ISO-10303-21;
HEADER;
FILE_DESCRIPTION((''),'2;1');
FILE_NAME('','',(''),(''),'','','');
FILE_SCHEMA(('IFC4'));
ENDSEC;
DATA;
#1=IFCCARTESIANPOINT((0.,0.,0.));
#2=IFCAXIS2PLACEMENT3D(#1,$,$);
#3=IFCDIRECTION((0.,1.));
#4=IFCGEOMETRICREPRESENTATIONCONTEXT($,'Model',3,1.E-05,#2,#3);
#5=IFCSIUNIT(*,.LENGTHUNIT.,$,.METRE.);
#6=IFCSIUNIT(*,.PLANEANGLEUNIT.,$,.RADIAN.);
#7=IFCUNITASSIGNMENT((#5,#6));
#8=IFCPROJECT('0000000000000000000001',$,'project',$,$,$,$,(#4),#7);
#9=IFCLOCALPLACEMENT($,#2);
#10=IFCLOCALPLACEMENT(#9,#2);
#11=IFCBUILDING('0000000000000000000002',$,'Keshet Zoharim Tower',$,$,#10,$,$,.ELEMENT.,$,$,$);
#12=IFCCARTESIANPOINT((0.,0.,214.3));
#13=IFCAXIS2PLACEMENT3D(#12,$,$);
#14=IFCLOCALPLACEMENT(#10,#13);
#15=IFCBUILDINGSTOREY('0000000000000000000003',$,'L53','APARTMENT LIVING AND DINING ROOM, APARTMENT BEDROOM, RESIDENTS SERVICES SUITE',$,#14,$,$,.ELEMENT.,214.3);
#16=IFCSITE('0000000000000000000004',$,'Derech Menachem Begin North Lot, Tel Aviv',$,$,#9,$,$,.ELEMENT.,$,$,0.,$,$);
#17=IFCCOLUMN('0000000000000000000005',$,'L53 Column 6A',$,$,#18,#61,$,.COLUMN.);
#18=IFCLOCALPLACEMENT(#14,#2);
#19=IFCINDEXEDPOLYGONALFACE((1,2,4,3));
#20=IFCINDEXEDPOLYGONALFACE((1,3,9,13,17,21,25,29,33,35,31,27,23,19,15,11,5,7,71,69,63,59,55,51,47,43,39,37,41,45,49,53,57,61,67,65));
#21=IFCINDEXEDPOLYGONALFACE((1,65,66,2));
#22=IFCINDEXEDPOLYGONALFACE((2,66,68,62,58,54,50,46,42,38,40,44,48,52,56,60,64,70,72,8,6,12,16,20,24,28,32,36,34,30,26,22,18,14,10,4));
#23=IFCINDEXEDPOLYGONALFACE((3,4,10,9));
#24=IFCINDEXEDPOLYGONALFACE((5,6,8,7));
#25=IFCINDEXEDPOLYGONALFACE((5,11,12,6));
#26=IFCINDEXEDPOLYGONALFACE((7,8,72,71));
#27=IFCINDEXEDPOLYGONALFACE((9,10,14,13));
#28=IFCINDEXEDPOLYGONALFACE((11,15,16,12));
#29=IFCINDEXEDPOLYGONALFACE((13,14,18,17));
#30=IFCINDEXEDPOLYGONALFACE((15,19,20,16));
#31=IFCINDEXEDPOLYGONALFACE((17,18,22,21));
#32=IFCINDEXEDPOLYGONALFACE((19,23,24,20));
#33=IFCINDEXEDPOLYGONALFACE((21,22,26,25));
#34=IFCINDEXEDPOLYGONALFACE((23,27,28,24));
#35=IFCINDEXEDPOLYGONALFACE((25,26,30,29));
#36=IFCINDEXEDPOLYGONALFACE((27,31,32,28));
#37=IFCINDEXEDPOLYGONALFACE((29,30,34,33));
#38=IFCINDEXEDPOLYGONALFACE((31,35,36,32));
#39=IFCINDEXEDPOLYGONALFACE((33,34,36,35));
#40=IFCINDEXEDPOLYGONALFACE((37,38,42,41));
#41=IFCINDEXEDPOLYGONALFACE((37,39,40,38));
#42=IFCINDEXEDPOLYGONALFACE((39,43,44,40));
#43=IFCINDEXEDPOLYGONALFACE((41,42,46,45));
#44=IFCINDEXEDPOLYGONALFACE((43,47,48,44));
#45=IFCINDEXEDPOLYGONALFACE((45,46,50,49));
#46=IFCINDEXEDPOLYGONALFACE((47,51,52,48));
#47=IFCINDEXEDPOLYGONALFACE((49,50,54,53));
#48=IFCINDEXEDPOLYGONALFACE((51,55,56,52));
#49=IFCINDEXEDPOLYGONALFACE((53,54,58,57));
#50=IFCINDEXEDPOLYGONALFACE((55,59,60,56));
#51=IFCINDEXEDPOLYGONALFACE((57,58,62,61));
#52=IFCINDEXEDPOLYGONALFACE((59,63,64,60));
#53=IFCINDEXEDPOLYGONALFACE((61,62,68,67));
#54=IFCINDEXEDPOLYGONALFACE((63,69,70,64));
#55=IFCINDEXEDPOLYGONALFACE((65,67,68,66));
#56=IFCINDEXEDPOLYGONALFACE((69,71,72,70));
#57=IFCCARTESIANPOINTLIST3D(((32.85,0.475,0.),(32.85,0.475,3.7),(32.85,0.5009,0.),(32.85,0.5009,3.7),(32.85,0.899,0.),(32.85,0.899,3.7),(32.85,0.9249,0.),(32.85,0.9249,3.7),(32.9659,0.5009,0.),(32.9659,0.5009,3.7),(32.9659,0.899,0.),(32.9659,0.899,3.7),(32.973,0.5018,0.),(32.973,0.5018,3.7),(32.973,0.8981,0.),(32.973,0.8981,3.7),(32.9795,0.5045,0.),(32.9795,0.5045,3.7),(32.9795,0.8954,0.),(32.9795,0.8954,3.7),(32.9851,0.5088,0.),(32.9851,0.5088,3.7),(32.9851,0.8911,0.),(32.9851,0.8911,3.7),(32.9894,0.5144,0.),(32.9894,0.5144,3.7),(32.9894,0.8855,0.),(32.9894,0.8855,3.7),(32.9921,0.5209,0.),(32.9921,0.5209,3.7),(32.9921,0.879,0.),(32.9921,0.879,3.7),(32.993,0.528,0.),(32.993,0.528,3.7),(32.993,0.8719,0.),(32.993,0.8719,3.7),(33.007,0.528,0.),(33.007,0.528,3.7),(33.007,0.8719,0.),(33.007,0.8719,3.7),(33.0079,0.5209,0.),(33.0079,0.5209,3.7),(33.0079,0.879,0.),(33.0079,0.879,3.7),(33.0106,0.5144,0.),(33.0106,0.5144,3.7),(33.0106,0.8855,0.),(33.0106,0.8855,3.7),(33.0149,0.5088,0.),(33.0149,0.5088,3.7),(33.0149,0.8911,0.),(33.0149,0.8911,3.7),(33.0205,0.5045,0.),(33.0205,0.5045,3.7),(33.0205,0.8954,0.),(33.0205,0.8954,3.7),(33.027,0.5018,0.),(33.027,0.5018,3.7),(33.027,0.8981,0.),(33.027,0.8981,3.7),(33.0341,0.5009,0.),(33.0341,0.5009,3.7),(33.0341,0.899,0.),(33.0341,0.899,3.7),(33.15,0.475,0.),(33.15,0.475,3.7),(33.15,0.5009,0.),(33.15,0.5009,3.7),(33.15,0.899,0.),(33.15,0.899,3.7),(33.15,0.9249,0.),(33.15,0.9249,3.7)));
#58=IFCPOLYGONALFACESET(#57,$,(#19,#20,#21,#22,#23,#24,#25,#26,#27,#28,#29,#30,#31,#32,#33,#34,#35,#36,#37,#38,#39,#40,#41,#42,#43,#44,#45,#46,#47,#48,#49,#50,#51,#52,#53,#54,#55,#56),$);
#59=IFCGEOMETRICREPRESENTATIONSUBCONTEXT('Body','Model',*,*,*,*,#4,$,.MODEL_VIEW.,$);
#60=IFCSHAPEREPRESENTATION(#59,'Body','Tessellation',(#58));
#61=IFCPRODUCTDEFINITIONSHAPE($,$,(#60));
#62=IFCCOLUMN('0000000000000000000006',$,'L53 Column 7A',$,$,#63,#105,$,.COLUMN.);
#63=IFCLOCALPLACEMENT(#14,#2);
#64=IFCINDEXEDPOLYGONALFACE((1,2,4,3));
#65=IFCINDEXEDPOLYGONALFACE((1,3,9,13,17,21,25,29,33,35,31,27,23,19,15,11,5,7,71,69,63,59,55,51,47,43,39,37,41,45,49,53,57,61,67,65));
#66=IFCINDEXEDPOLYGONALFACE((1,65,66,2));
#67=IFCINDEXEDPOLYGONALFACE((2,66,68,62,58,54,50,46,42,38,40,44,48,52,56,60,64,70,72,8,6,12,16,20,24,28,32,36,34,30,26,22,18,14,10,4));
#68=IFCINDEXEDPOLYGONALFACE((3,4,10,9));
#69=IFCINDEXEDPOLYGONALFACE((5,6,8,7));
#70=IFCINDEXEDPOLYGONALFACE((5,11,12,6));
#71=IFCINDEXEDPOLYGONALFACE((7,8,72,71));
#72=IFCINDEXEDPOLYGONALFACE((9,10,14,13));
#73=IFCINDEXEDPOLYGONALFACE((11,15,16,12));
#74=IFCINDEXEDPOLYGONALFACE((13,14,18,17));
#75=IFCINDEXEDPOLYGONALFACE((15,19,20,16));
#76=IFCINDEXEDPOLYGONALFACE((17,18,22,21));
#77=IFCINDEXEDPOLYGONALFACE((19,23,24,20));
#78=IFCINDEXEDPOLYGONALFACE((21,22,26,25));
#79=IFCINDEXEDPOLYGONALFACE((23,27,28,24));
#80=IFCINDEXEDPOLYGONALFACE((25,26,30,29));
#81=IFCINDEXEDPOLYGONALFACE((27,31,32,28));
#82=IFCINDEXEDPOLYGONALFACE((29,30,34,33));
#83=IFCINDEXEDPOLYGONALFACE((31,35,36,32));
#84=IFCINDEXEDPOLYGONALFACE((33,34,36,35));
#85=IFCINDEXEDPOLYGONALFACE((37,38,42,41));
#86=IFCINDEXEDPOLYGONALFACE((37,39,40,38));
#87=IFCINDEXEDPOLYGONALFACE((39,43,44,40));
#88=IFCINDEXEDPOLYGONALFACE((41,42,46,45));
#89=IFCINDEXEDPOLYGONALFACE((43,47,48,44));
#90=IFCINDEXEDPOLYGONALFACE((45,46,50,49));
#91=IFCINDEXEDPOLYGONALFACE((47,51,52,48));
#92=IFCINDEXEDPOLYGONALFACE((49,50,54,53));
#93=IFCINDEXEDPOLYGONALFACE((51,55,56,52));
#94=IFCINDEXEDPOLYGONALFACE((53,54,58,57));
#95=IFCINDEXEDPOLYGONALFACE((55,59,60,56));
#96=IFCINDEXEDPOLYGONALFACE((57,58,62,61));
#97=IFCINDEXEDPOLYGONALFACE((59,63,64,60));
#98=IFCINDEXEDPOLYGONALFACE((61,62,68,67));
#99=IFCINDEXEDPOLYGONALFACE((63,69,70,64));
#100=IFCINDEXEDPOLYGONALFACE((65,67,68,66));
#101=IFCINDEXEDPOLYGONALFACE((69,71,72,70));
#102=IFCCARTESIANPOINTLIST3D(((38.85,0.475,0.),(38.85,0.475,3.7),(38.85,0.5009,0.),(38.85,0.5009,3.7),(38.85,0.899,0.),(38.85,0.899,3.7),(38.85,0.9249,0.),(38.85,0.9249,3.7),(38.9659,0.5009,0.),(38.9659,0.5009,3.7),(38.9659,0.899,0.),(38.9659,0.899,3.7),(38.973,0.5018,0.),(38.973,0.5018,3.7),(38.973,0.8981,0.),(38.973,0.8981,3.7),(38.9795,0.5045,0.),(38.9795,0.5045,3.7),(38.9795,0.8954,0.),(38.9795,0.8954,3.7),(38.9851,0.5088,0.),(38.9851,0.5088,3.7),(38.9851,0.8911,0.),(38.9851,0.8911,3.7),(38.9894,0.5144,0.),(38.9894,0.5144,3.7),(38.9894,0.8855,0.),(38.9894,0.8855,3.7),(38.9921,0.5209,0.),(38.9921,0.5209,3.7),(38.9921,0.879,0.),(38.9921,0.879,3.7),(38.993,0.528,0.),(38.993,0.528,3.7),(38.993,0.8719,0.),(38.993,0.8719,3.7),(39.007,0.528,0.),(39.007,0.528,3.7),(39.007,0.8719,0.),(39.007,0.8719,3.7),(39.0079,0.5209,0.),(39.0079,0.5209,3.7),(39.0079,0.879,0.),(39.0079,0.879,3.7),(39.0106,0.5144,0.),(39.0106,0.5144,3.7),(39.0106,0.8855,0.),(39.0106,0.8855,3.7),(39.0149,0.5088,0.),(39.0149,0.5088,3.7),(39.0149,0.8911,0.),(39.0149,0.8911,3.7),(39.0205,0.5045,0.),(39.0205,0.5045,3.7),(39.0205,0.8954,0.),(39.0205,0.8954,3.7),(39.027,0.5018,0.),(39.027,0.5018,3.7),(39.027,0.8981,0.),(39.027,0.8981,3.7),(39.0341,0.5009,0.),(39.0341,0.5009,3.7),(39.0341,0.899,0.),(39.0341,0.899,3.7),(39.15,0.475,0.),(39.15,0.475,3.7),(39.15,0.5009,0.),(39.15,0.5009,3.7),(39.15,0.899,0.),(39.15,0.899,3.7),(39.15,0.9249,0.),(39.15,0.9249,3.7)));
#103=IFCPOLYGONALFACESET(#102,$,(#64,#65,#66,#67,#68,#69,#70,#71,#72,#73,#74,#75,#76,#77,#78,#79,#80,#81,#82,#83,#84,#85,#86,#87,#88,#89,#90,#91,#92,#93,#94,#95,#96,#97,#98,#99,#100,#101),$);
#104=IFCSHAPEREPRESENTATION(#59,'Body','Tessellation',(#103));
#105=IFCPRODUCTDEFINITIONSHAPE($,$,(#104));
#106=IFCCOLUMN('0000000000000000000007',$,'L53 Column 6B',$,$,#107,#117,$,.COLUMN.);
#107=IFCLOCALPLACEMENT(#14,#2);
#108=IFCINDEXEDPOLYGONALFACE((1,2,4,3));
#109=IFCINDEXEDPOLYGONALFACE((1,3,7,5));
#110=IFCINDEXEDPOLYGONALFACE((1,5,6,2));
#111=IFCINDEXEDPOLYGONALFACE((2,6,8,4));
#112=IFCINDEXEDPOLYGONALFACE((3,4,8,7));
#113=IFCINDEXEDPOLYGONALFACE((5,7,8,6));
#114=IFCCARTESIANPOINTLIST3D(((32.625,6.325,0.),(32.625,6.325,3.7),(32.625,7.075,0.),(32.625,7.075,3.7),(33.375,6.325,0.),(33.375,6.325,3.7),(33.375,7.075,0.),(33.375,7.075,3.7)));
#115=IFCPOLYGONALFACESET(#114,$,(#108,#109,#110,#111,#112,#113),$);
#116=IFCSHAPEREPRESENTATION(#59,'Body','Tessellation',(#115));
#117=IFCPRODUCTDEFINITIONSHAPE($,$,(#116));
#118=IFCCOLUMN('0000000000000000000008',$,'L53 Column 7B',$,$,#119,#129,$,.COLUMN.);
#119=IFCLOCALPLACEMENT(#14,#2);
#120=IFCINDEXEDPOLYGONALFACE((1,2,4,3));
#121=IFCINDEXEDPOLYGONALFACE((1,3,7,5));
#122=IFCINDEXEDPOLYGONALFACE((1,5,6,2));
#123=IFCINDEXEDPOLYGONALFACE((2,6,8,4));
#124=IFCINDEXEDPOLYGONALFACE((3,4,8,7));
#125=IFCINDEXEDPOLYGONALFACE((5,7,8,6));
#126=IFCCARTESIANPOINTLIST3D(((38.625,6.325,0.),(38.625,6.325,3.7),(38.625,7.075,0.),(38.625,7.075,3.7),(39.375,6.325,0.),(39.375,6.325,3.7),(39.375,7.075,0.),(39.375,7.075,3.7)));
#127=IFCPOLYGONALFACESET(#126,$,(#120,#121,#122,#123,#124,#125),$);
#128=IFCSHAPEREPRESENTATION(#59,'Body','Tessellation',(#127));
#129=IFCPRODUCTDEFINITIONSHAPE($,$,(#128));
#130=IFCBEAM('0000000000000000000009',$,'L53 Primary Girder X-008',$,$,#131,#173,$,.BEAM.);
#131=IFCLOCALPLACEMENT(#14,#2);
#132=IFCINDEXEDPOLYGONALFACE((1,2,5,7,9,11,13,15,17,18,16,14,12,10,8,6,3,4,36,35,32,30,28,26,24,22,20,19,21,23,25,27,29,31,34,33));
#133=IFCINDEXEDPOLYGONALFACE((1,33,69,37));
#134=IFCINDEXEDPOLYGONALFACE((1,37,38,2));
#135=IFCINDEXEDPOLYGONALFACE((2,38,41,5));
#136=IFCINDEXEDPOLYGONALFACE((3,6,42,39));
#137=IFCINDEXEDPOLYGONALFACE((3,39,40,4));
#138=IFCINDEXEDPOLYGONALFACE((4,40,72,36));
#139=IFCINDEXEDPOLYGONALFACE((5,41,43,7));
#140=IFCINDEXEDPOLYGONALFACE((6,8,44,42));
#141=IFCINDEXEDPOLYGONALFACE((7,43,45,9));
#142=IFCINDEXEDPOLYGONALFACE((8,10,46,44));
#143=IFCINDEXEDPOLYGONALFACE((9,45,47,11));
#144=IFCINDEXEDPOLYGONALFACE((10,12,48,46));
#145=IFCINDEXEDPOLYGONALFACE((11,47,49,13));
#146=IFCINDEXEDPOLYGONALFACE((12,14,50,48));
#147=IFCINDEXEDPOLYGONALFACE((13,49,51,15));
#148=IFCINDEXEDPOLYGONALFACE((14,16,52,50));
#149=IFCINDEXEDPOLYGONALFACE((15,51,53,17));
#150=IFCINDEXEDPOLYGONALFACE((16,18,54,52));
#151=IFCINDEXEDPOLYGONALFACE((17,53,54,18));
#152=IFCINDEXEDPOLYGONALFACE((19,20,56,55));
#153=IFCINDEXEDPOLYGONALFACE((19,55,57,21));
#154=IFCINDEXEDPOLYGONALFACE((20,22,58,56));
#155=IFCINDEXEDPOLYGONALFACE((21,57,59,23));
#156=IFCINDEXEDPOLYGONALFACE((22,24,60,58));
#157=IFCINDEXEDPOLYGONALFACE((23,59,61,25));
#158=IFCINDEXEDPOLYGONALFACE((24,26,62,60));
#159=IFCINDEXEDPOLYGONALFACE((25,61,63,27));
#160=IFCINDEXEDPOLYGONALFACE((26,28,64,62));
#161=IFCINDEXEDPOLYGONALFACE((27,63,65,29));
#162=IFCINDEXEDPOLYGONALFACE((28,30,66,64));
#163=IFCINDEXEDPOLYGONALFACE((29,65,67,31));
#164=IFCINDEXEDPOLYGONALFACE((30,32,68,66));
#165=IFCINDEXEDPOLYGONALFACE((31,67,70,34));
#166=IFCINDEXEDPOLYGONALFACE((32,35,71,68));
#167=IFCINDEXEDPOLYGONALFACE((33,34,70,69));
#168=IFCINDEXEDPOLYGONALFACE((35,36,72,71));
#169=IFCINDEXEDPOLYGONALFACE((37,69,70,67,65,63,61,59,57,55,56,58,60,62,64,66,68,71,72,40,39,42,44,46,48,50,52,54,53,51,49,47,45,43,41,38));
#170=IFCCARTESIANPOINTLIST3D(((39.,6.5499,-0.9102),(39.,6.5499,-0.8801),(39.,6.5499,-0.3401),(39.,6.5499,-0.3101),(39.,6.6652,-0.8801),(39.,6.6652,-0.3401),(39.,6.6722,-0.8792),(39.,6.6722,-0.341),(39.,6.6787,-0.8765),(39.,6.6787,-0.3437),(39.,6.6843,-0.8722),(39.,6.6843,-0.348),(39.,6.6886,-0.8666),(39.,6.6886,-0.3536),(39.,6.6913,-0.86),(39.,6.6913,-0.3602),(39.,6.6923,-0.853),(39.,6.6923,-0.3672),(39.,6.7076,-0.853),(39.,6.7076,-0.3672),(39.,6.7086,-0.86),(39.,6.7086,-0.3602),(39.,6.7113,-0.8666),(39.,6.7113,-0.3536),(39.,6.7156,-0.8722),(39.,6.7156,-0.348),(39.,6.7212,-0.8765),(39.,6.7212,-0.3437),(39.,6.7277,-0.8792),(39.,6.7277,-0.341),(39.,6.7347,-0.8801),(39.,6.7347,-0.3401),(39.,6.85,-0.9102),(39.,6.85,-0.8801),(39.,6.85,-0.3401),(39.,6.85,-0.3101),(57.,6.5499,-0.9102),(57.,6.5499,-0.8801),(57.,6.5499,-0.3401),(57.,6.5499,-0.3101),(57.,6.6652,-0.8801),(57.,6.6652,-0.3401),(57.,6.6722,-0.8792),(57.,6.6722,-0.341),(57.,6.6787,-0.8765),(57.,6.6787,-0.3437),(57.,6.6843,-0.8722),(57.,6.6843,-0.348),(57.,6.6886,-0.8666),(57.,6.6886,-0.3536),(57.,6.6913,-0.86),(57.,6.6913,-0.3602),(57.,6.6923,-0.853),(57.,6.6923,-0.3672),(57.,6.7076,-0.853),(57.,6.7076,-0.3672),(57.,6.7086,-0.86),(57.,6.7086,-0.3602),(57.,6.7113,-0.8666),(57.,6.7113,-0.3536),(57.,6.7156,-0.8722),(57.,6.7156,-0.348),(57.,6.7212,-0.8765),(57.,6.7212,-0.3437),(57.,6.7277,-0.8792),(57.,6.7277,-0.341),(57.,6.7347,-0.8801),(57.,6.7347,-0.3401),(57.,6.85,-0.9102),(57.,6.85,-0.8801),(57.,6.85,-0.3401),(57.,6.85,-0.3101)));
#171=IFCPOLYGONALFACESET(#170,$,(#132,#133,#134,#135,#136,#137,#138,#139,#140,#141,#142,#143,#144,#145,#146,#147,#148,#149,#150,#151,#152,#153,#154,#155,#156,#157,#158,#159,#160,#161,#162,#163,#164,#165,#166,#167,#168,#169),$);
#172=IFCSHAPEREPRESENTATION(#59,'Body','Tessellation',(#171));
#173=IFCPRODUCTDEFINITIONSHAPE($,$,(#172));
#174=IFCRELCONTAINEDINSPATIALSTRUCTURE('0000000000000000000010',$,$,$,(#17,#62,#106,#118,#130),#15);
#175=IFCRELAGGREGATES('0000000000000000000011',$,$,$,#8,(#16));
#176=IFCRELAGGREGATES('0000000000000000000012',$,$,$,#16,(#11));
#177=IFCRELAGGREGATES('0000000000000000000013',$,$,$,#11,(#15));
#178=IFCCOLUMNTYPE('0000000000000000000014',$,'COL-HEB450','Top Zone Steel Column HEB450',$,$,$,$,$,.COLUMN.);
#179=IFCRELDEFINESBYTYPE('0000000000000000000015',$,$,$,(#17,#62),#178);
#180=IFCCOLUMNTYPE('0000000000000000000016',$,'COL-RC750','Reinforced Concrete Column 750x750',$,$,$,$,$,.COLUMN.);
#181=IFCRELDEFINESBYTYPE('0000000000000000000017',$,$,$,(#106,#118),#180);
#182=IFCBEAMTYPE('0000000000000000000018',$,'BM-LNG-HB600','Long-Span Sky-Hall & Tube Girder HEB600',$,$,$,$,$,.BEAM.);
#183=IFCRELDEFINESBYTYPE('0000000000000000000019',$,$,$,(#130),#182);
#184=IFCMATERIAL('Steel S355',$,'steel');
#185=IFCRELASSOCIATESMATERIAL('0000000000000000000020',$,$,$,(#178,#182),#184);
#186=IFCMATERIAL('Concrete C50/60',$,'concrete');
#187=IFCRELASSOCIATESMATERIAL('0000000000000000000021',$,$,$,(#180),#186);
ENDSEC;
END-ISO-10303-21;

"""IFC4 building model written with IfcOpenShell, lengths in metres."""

from ifc_helpers import new_model, si_unit, direction, frame, origin, origin_2d, place, context, subcontext, project, spatial, rectangle, i_section, extrude, material, material_profile, profile_set, type_object, element, save


model = new_model("IFC4")

# Units and contexts
model_context = context("Model", 3, precision=1e-05, world=origin(), true_north=direction((0.0, 1.0)))
body_context = subcontext(model_context, "Body", "Model", "MODEL_VIEW")
ifc_project = project(units=[si_unit("LENGTHUNIT", "METRE"), si_unit("PLANEANGLEUNIT", "RADIAN")], contexts=[model_context])

# Site, building, storey
site_placement = place(None, origin())
site = spatial("IfcSite", under=ifc_project, at=site_placement, Name="Derech Menachem Begin North Lot, Tel Aviv", CompositionType="ELEMENT", RefElevation=0.0)
building_placement = place(site_placement, origin())
building = spatial("IfcBuilding", under=site, at=building_placement, Name="Keshet Zoharim Tower", CompositionType="ELEMENT")
storey_placement = place(building_placement, frame((0.0, 0.0, 214.3)))
storey = spatial("IfcBuildingStorey", under=building, at=storey_placement, Name="L53", Description="APARTMENT LIVING AND DINING ROOM, APARTMENT BEDROOM, RESIDENTS SERVICES SUITE", CompositionType="ELEMENT", Elevation=214.3)

# Columns
ifc_material_1 = material(Name="Steel S355", Category="steel")
ifc_material_profile_1 = material_profile(ifc_material_1, i_section(OverallWidth=0.3, OverallDepth=0.45, WebThickness=0.0139, FlangeThickness=0.0259, FilletRadius=0.0271, at=origin_2d()), Name="HEB450")
ifc_profile_set_1 = profile_set([ifc_material_profile_1], Name="Steel S355")
column_type_1 = type_object("IfcColumnType", Name="COL-HEB450", Description="Top Zone Steel Column HEB450", PredefinedType="COLUMN", material=ifc_profile_set_1)
for number, where, z_axis, x_axis, name in (
    (1, (33.0, 0.7, 0.0), (0.0, 0.0, 1.0), (1.0, 0.0, 0.0), "L53 Column 6A"),
    (2, (39.0, 0.7, 0.0), (0.0, 0.0, 1.0), (1.0, 0.0, 0.0), "L53 Column 7A"),
):
    element("IfcColumn", number, at=place(storey_placement, frame(where, z_axis=z_axis, x_axis=x_axis)), inside=storey, type_object=column_type_1, Name=name, PredefinedType="COLUMN", context=body_context, shape_type="SweptSolid", body=[
        extrude(i_section(OverallWidth=0.3, OverallDepth=0.45, WebThickness=0.0139, FlangeThickness=0.0259, FilletRadius=0.0271, at=origin_2d()), origin(), (0.0, 0.0, 1.0), 3.7),
    ])
ifc_material_2 = material(Name="Concrete C50/60", Category="concrete")
ifc_material_profile_2 = material_profile(ifc_material_2, rectangle(XDim=0.75, YDim=0.75, at=origin_2d()), Name="RC750x750")
ifc_profile_set_2 = profile_set([ifc_material_profile_2], Name="Concrete C50/60")
column_type_2 = type_object("IfcColumnType", Name="COL-RC750", Description="Reinforced Concrete Column 750x750", PredefinedType="COLUMN", material=ifc_profile_set_2)
for number, where, z_axis, x_axis, name in (
    (3, (33.0, 6.7, 0.0), (0.0, 0.0, 1.0), (1.0, 0.0, 0.0), "L53 Column 6B"),
    (4, (39.0, 6.7, 0.0), (0.0, 0.0, 1.0), (1.0, 0.0, 0.0), "L53 Column 7B"),
):
    element("IfcColumn", number, at=place(storey_placement, frame(where, z_axis=z_axis, x_axis=x_axis)), inside=storey, type_object=column_type_2, Name=name, PredefinedType="COLUMN", context=body_context, shape_type="SweptSolid", body=[
        extrude(rectangle(XDim=0.75, YDim=0.75, at=origin_2d()), origin(), (0.0, 0.0, 1.0), 3.7),
    ])

# Beam
ifc_material_profile_3 = material_profile(ifc_material_1, i_section(OverallWidth=0.3, OverallDepth=0.6001, WebThickness=0.0154, FlangeThickness=0.03, FilletRadius=0.0271, at=origin_2d()), Name="HEB600")
ifc_profile_set_3 = profile_set([ifc_material_profile_3], Name="Steel S355")
beam_type_1 = type_object("IfcBeamType", Name="BM-LNG-HB600", Description="Long-Span Sky-Hall & Tube Girder HEB600", PredefinedType="BEAM", material=ifc_profile_set_3)
beam_placement = place(storey_placement, frame((39.0, 6.7, -0.6101), z_axis=(1.0, 0.0, 0.0), x_axis=(0.0, 1.0, 0.0)))
element("IfcBeam", 5, at=beam_placement, inside=storey, type_object=beam_type_1, Name="L53 Primary Girder X-008", PredefinedType="BEAM", context=body_context, shape_type="SweptSolid", body=[
    extrude(i_section(OverallWidth=0.3, OverallDepth=0.6001, WebThickness=0.0154, FlangeThickness=0.03, FilletRadius=0.0271, at=origin_2d()), origin(), (0.0, 0.0, 1.0), 18.0),
])

save(model, "model.ifc")
